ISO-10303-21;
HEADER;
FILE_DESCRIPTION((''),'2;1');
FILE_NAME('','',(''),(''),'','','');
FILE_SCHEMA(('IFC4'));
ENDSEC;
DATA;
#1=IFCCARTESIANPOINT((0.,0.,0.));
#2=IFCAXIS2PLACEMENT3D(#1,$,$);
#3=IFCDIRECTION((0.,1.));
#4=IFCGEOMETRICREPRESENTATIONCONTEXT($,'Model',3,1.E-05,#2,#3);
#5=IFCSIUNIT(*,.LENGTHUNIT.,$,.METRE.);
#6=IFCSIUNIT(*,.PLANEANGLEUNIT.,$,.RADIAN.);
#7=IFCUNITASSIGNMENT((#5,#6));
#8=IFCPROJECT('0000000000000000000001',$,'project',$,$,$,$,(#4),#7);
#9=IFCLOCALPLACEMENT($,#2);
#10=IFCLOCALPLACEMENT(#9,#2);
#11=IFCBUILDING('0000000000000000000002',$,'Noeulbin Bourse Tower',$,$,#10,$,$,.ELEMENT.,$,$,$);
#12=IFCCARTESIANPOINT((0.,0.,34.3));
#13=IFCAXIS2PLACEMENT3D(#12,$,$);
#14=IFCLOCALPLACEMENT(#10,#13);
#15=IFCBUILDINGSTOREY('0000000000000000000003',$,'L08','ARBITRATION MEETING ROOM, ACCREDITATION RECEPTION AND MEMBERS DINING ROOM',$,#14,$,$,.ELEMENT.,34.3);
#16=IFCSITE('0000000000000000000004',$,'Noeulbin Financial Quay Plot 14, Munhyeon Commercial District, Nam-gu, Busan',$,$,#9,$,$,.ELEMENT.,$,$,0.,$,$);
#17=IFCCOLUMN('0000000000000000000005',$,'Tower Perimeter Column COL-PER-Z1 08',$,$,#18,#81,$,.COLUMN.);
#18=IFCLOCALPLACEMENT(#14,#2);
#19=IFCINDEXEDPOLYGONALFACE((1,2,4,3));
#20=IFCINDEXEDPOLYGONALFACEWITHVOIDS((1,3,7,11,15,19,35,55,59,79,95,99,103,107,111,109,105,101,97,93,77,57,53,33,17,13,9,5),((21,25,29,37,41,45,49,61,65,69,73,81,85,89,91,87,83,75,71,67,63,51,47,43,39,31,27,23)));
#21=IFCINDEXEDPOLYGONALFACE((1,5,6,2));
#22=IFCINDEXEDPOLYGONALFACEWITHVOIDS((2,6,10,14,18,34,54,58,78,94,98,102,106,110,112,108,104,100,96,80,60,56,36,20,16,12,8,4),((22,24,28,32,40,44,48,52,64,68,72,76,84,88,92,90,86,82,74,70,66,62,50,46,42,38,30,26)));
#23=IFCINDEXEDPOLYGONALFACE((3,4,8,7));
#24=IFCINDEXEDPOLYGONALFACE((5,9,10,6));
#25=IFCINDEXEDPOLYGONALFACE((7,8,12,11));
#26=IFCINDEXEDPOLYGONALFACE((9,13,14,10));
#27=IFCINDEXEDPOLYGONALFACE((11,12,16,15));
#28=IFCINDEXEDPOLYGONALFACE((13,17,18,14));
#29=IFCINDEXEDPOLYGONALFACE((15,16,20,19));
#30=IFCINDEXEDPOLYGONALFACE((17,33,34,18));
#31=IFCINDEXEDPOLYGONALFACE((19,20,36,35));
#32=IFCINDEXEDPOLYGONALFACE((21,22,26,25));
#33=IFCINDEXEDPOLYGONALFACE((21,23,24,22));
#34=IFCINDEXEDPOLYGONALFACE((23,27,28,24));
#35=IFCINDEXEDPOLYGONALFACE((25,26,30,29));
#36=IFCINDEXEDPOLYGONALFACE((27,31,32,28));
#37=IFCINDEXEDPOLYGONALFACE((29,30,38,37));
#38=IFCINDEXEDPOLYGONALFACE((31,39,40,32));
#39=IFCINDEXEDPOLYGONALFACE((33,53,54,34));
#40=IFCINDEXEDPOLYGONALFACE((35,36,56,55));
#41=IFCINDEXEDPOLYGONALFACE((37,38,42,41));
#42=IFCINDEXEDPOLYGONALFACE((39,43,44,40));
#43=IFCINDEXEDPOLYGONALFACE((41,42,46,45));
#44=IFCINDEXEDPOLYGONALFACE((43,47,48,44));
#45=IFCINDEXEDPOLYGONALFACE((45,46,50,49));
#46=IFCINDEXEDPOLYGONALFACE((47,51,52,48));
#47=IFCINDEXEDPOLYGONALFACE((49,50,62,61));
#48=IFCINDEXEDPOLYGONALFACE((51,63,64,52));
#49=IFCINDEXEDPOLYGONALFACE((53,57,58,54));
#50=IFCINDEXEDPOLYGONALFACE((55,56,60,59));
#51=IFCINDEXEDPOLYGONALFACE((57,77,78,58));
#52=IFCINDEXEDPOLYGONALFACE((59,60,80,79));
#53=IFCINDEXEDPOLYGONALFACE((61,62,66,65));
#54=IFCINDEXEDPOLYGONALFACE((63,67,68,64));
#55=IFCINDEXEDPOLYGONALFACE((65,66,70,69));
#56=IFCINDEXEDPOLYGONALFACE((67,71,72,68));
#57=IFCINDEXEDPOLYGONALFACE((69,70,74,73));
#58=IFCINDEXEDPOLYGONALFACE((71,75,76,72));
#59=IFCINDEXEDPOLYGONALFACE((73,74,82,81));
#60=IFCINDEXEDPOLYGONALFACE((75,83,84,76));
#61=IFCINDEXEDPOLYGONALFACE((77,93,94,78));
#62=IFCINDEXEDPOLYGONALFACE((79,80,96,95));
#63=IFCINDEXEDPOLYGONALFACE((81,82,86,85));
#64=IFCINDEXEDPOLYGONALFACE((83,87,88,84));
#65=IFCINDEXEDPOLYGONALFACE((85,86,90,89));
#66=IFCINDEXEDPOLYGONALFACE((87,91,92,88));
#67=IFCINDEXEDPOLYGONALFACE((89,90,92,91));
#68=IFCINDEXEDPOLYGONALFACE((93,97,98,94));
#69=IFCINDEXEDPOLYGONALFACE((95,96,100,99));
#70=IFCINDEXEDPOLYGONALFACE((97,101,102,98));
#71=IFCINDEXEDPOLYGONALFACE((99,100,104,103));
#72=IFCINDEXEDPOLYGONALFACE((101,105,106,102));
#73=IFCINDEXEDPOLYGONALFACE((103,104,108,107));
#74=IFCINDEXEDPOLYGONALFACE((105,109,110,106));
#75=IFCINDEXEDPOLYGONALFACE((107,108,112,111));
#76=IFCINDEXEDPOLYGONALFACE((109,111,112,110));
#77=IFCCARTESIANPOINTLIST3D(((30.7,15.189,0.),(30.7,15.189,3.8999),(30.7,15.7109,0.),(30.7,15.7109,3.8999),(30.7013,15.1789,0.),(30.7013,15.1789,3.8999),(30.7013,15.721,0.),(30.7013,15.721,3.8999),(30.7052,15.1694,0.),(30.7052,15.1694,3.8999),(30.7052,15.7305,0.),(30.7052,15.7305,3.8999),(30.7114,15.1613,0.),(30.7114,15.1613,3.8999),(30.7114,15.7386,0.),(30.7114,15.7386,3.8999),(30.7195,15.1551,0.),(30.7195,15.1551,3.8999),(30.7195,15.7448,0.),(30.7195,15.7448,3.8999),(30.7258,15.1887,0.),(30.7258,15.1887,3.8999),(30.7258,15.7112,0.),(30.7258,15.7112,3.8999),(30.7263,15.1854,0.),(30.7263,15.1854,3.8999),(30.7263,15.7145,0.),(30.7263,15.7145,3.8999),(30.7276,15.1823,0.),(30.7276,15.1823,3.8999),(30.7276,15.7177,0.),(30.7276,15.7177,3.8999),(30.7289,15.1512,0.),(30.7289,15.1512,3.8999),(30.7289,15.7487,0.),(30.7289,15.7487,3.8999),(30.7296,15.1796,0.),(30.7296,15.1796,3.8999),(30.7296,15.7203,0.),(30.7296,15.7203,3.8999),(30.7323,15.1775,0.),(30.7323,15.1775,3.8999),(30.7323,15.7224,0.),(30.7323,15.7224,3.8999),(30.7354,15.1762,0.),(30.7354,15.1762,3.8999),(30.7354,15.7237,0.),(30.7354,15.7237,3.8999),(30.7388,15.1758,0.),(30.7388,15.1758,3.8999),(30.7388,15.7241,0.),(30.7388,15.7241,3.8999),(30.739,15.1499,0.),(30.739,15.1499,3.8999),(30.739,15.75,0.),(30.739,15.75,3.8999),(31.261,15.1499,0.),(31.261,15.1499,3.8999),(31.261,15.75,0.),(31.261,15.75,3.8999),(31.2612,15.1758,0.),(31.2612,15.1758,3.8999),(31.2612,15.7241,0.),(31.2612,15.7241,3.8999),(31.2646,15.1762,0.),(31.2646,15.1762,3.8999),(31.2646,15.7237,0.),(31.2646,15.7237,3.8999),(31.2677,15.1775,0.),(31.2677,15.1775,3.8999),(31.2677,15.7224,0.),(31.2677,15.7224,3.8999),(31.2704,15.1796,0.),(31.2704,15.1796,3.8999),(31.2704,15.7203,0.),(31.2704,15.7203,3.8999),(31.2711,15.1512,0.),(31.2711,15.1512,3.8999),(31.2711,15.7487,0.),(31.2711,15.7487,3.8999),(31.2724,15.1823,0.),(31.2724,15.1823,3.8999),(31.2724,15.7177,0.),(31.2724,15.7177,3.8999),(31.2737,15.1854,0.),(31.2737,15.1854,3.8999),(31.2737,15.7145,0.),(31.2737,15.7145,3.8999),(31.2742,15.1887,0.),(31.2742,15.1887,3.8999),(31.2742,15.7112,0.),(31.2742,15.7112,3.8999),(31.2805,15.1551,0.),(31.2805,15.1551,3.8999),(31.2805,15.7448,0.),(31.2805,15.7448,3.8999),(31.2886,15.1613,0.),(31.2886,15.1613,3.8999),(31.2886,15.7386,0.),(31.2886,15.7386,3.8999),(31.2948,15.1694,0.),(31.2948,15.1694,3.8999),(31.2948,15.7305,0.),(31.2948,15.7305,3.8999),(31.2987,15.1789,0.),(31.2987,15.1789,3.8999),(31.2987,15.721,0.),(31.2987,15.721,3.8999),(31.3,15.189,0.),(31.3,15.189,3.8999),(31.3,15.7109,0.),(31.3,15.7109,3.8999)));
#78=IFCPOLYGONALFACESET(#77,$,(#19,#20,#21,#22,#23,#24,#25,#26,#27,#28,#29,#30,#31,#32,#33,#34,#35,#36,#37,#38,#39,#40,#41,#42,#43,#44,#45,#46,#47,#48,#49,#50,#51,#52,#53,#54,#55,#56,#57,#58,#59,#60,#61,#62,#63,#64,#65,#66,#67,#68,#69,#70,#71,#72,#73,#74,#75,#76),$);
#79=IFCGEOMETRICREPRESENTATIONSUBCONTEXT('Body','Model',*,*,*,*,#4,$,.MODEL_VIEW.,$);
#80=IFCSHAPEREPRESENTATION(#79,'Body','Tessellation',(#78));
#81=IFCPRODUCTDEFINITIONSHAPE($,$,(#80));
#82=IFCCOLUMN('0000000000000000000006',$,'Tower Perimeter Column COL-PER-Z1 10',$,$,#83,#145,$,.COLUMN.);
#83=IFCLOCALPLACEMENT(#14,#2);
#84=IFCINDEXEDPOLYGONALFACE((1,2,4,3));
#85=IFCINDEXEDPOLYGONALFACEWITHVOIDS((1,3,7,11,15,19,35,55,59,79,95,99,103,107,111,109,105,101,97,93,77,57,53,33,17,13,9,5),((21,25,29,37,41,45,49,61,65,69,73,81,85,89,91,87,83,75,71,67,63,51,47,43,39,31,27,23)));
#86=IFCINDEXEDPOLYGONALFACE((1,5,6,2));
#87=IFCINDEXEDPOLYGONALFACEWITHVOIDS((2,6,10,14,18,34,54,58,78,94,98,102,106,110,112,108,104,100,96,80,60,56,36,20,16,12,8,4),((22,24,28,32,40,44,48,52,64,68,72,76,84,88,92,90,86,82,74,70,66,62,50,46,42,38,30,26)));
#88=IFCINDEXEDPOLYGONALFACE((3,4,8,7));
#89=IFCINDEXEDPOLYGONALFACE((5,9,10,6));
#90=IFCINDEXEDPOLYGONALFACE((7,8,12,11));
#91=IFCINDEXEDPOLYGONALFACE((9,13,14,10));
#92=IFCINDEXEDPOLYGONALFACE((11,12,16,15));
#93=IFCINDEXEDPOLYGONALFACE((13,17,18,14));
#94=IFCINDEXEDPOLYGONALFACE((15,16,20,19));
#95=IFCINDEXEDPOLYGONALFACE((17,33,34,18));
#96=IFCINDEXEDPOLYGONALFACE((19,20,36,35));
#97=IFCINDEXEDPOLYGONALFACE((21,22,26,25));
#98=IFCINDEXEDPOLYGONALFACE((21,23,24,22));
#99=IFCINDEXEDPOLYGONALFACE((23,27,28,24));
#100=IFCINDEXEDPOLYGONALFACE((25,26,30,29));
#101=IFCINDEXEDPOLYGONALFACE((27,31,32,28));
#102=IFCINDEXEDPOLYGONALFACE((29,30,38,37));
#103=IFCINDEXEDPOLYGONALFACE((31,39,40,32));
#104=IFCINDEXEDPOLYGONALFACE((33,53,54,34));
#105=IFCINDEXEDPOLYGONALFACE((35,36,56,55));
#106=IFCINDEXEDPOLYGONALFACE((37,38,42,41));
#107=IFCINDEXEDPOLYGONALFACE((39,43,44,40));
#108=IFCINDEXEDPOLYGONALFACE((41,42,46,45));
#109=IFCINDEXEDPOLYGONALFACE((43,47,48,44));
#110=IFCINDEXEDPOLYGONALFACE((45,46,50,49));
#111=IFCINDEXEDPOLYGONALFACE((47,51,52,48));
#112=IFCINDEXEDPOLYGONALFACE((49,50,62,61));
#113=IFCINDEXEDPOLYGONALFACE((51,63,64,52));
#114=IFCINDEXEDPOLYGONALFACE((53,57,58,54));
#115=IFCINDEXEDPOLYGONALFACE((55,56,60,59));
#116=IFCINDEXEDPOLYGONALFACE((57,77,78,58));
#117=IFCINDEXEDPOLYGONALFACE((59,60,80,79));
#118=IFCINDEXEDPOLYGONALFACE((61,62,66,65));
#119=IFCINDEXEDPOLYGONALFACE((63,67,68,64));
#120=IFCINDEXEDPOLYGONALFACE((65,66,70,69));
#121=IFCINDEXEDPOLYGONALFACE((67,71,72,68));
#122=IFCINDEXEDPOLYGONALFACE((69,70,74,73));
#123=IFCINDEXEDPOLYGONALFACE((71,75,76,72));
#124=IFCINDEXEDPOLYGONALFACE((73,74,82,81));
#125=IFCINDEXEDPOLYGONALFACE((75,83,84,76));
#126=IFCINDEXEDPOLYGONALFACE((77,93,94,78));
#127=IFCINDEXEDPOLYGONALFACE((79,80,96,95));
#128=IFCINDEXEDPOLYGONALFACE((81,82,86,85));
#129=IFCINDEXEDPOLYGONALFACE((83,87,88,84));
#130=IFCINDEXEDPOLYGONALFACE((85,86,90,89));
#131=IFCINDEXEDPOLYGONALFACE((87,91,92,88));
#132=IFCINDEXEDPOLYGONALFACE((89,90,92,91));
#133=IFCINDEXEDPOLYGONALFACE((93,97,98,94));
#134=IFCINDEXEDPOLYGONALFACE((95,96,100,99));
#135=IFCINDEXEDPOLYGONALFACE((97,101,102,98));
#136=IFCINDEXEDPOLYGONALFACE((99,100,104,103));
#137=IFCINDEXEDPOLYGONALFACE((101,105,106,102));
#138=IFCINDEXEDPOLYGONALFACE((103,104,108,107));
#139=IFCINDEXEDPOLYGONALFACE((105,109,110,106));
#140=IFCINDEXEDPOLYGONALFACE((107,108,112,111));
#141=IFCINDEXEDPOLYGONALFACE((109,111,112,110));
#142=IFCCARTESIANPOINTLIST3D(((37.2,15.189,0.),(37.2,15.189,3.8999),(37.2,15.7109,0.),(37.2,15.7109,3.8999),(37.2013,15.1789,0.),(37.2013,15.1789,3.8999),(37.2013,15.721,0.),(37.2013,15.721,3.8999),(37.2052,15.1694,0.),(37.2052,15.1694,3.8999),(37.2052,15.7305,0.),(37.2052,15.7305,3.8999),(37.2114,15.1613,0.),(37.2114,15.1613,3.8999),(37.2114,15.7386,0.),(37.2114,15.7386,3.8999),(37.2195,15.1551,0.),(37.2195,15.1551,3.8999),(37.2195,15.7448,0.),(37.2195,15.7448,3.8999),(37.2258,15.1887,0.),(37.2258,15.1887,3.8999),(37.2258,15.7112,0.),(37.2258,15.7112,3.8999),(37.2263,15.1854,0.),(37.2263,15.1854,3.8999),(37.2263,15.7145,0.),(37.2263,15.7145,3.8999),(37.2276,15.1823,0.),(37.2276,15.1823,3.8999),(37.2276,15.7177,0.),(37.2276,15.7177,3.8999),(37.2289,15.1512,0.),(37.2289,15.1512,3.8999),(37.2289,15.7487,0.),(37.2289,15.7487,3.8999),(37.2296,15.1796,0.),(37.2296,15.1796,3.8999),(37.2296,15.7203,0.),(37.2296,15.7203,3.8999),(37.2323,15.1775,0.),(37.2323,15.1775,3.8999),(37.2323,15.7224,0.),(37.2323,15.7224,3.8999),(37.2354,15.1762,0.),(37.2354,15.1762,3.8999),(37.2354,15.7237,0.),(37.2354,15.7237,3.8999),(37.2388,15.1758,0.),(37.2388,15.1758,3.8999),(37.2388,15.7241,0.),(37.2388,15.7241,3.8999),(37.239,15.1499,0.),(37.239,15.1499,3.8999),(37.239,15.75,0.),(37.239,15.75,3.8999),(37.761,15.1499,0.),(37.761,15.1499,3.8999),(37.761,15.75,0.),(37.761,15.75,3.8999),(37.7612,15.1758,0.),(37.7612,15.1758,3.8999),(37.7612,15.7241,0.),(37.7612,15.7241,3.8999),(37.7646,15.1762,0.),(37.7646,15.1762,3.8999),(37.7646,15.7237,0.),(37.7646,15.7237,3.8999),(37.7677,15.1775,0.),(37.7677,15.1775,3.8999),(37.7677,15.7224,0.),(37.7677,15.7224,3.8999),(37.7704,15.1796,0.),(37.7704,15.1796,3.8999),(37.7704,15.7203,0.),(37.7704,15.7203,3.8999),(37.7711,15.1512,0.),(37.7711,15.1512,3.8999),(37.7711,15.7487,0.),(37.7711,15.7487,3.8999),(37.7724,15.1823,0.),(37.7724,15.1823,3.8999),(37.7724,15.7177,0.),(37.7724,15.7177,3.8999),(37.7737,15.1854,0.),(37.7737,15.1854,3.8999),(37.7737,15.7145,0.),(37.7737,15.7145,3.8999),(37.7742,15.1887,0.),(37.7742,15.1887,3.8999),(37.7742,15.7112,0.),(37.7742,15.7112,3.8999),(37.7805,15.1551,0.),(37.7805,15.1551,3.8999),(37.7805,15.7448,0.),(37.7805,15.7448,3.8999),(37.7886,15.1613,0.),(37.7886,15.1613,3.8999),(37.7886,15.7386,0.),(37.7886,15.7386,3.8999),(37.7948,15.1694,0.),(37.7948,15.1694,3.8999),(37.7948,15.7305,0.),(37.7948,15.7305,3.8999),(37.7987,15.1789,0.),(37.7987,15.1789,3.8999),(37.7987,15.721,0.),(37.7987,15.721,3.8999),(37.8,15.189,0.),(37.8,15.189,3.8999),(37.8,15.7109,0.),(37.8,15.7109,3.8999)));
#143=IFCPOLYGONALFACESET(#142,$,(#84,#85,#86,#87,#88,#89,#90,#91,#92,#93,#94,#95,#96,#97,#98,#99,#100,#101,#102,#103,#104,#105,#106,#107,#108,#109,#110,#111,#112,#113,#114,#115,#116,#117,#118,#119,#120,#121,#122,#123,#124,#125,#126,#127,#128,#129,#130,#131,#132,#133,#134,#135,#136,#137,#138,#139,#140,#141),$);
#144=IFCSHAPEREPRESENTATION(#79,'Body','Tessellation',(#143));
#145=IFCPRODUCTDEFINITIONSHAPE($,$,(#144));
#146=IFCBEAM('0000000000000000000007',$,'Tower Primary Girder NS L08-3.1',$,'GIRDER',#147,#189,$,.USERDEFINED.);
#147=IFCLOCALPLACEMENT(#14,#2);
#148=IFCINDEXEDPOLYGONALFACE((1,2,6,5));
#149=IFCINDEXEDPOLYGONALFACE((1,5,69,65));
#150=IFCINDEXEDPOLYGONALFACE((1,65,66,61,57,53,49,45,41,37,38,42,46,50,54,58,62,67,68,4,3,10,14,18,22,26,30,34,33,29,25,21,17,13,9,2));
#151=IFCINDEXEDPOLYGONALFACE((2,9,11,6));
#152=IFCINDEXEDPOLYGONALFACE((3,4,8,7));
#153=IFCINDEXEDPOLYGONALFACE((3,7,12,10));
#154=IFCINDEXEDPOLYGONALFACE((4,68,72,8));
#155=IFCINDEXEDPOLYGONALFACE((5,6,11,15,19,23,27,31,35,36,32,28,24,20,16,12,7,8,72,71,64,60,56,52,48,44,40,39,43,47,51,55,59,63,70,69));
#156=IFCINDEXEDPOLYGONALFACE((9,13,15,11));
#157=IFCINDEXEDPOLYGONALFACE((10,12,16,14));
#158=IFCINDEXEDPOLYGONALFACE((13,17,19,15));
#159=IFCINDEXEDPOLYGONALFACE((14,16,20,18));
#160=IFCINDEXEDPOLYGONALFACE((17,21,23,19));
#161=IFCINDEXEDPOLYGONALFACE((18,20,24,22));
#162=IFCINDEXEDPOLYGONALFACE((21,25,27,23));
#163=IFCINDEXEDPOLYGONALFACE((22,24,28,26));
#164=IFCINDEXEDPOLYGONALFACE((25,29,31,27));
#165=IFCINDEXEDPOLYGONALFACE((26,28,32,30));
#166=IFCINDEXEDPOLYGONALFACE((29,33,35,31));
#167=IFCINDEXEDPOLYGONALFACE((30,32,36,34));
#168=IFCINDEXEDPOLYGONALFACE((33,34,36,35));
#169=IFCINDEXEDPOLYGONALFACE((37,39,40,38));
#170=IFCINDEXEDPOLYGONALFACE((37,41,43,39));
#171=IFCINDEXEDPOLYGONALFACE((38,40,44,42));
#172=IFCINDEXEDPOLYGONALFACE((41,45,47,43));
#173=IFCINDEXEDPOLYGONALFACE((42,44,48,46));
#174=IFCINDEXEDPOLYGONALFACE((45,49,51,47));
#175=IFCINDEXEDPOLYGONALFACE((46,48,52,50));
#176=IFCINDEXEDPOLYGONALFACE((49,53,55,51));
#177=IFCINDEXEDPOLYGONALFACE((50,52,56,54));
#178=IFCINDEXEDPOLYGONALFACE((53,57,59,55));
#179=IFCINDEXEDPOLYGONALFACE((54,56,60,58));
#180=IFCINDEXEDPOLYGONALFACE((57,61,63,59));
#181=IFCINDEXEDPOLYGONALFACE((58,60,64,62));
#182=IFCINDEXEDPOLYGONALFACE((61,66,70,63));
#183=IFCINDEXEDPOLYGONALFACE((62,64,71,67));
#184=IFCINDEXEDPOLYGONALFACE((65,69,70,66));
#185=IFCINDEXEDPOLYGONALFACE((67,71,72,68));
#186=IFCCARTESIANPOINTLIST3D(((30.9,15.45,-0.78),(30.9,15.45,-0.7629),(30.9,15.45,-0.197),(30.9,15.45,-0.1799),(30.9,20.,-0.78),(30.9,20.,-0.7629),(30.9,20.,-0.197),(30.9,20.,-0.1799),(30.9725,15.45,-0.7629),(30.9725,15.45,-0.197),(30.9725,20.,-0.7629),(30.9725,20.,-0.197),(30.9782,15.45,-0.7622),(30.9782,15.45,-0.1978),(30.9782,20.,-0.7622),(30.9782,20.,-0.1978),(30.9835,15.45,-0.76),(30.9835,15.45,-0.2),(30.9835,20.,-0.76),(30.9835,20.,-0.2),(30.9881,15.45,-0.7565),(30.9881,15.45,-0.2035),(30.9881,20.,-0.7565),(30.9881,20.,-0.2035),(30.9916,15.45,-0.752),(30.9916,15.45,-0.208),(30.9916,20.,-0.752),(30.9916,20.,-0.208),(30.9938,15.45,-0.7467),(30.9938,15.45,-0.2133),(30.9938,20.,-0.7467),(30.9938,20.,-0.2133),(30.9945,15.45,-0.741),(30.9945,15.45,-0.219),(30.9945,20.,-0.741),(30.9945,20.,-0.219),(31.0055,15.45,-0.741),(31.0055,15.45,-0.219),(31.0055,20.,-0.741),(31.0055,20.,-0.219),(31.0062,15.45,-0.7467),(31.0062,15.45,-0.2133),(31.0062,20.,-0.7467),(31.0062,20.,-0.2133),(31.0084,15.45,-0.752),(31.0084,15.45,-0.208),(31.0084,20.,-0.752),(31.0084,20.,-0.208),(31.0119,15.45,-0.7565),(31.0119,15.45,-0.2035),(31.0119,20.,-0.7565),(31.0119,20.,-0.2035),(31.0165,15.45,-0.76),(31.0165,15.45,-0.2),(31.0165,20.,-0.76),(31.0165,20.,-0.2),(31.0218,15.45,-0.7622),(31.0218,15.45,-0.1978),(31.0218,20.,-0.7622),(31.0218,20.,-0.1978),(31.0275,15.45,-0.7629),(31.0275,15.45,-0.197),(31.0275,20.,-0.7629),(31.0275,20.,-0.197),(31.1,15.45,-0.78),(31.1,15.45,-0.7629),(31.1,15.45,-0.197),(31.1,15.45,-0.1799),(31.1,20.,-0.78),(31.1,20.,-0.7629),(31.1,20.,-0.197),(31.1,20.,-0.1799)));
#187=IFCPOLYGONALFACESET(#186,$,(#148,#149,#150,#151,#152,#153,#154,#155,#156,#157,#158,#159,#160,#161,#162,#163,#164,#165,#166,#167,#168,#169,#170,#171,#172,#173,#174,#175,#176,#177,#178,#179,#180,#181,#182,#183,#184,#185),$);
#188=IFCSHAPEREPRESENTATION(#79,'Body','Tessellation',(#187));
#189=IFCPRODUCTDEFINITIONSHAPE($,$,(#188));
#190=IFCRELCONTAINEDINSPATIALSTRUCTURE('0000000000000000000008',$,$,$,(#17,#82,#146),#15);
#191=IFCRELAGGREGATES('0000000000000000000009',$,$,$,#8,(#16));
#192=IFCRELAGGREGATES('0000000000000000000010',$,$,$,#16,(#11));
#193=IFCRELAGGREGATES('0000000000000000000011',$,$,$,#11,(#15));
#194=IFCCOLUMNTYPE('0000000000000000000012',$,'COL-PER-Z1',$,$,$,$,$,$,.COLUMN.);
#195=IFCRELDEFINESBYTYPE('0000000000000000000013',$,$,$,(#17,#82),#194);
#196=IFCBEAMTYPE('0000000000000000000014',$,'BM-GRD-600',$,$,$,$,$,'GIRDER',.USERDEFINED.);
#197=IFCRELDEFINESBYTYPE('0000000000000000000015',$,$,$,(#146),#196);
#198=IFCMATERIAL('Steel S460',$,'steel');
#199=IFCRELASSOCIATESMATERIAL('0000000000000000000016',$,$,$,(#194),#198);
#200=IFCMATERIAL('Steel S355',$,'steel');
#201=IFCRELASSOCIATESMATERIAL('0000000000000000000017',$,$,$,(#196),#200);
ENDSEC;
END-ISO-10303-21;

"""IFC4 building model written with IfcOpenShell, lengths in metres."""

from ifc_helpers import new_model, si_unit, direction, frame, origin, origin_2d, place, context, subcontext, project, spatial, hollow_rectangle, i_section, extrude, material, material_profile, profile_set, type_object, element, save


model = new_model("IFC4")

# Units and contexts
model_context = context("Model", 3, precision=1e-05, world=origin(), true_north=direction((0.0, 1.0)))
body_context = subcontext(model_context, "Body", "Model", "MODEL_VIEW")
ifc_project = project(units=[si_unit("LENGTHUNIT", "METRE"), si_unit("PLANEANGLEUNIT", "RADIAN")], contexts=[model_context])

# Site, building, storey
site_placement = place(None, origin())
site = spatial("IfcSite", under=ifc_project, at=site_placement, Name="Noeulbin Financial Quay Plot 14, Munhyeon Commercial District, Nam-gu, Busan", CompositionType="ELEMENT", RefElevation=0.0)
building_placement = place(site_placement, origin())
building = spatial("IfcBuilding", under=site, at=building_placement, Name="Noeulbin Bourse Tower", CompositionType="ELEMENT")
storey_placement = place(building_placement, frame((0.0, 0.0, 34.3)))
storey = spatial("IfcBuildingStorey", under=building, at=storey_placement, Name="L08", Description="ARBITRATION MEETING ROOM, ACCREDITATION RECEPTION AND MEMBERS DINING ROOM", CompositionType="ELEMENT", Elevation=34.3)

# Columns
ifc_material_1 = material(Name="Steel S460", Category="steel")
ifc_material_profile_1 = material_profile(ifc_material_1, hollow_rectangle(XDim=0.6001, YDim=0.6001, WallThickness=0.0259, InnerFilletRadius=0.0129, OuterFilletRadius=0.0391, at=origin_2d()), Name="BOX-600x600x26", Category="LoadBearing")
ifc_profile_set_1 = profile_set([ifc_material_profile_1], Name="Steel S460")
column_type = type_object("IfcColumnType", Name="COL-PER-Z1", PredefinedType="COLUMN", material=ifc_profile_set_1)
for number, where, z_axis, x_axis, name in (
    (1, (31.0, 15.45, 0.0), (0.0, 0.0, 1.0), (1.0, 0.0, 0.0), "Tower Perimeter Column COL-PER-Z1 08"),
    (2, (37.5, 15.45, 0.0), (0.0, 0.0, 1.0), (1.0, 0.0, 0.0), "Tower Perimeter Column COL-PER-Z1 10"),
):
    element("IfcColumn", number, at=place(storey_placement, frame(where, z_axis=z_axis, x_axis=x_axis)), inside=storey, type_object=column_type, Name=name, PredefinedType="COLUMN", context=body_context, shape_type="SweptSolid", body=[
        extrude(hollow_rectangle(XDim=0.6001, YDim=0.6001, WallThickness=0.0259, InnerFilletRadius=0.0129, OuterFilletRadius=0.0391, at=origin_2d()), origin(), (0.0, 0.0, 1.0), 3.8999),
    ])

# Beam
ifc_material_2 = material(Name="Steel S355", Category="steel")
ifc_material_profile_2 = material_profile(ifc_material_2, i_section(OverallWidth=0.2, OverallDepth=0.6001, WebThickness=0.011, FlangeThickness=0.0171, FilletRadius=0.022, at=origin_2d()), Name="H-600x200x11x17", Category="LoadBearing")
ifc_profile_set_2 = profile_set([ifc_material_profile_2], Name="Steel S355")
beam_type_1 = type_object("IfcBeamType", Name="BM-GRD-600", ElementType="GIRDER", PredefinedType="USERDEFINED", material=ifc_profile_set_2)
for number, where, z_axis, x_axis, name in (
    (3, (31.0, 15.45, -0.48), (0.0, 1.0, 0.0), (-1.0, 0.0, 0.0), "Tower Primary Girder NS L08-3.1"),
):
    element("IfcBeam", number, at=place(storey_placement, frame(where, z_axis=z_axis, x_axis=x_axis)), inside=storey, type_object=beam_type_1, Name=name, ObjectType="GIRDER", PredefinedType="USERDEFINED", context=body_context, shape_type="SweptSolid", body=[
        extrude(i_section(OverallWidth=0.2, OverallDepth=0.6001, WebThickness=0.011, FlangeThickness=0.0171, FilletRadius=0.022, at=origin_2d()), origin(), (0.0, 0.0, 1.0), 4.55),
    ])

save(model, "model.ifc")
